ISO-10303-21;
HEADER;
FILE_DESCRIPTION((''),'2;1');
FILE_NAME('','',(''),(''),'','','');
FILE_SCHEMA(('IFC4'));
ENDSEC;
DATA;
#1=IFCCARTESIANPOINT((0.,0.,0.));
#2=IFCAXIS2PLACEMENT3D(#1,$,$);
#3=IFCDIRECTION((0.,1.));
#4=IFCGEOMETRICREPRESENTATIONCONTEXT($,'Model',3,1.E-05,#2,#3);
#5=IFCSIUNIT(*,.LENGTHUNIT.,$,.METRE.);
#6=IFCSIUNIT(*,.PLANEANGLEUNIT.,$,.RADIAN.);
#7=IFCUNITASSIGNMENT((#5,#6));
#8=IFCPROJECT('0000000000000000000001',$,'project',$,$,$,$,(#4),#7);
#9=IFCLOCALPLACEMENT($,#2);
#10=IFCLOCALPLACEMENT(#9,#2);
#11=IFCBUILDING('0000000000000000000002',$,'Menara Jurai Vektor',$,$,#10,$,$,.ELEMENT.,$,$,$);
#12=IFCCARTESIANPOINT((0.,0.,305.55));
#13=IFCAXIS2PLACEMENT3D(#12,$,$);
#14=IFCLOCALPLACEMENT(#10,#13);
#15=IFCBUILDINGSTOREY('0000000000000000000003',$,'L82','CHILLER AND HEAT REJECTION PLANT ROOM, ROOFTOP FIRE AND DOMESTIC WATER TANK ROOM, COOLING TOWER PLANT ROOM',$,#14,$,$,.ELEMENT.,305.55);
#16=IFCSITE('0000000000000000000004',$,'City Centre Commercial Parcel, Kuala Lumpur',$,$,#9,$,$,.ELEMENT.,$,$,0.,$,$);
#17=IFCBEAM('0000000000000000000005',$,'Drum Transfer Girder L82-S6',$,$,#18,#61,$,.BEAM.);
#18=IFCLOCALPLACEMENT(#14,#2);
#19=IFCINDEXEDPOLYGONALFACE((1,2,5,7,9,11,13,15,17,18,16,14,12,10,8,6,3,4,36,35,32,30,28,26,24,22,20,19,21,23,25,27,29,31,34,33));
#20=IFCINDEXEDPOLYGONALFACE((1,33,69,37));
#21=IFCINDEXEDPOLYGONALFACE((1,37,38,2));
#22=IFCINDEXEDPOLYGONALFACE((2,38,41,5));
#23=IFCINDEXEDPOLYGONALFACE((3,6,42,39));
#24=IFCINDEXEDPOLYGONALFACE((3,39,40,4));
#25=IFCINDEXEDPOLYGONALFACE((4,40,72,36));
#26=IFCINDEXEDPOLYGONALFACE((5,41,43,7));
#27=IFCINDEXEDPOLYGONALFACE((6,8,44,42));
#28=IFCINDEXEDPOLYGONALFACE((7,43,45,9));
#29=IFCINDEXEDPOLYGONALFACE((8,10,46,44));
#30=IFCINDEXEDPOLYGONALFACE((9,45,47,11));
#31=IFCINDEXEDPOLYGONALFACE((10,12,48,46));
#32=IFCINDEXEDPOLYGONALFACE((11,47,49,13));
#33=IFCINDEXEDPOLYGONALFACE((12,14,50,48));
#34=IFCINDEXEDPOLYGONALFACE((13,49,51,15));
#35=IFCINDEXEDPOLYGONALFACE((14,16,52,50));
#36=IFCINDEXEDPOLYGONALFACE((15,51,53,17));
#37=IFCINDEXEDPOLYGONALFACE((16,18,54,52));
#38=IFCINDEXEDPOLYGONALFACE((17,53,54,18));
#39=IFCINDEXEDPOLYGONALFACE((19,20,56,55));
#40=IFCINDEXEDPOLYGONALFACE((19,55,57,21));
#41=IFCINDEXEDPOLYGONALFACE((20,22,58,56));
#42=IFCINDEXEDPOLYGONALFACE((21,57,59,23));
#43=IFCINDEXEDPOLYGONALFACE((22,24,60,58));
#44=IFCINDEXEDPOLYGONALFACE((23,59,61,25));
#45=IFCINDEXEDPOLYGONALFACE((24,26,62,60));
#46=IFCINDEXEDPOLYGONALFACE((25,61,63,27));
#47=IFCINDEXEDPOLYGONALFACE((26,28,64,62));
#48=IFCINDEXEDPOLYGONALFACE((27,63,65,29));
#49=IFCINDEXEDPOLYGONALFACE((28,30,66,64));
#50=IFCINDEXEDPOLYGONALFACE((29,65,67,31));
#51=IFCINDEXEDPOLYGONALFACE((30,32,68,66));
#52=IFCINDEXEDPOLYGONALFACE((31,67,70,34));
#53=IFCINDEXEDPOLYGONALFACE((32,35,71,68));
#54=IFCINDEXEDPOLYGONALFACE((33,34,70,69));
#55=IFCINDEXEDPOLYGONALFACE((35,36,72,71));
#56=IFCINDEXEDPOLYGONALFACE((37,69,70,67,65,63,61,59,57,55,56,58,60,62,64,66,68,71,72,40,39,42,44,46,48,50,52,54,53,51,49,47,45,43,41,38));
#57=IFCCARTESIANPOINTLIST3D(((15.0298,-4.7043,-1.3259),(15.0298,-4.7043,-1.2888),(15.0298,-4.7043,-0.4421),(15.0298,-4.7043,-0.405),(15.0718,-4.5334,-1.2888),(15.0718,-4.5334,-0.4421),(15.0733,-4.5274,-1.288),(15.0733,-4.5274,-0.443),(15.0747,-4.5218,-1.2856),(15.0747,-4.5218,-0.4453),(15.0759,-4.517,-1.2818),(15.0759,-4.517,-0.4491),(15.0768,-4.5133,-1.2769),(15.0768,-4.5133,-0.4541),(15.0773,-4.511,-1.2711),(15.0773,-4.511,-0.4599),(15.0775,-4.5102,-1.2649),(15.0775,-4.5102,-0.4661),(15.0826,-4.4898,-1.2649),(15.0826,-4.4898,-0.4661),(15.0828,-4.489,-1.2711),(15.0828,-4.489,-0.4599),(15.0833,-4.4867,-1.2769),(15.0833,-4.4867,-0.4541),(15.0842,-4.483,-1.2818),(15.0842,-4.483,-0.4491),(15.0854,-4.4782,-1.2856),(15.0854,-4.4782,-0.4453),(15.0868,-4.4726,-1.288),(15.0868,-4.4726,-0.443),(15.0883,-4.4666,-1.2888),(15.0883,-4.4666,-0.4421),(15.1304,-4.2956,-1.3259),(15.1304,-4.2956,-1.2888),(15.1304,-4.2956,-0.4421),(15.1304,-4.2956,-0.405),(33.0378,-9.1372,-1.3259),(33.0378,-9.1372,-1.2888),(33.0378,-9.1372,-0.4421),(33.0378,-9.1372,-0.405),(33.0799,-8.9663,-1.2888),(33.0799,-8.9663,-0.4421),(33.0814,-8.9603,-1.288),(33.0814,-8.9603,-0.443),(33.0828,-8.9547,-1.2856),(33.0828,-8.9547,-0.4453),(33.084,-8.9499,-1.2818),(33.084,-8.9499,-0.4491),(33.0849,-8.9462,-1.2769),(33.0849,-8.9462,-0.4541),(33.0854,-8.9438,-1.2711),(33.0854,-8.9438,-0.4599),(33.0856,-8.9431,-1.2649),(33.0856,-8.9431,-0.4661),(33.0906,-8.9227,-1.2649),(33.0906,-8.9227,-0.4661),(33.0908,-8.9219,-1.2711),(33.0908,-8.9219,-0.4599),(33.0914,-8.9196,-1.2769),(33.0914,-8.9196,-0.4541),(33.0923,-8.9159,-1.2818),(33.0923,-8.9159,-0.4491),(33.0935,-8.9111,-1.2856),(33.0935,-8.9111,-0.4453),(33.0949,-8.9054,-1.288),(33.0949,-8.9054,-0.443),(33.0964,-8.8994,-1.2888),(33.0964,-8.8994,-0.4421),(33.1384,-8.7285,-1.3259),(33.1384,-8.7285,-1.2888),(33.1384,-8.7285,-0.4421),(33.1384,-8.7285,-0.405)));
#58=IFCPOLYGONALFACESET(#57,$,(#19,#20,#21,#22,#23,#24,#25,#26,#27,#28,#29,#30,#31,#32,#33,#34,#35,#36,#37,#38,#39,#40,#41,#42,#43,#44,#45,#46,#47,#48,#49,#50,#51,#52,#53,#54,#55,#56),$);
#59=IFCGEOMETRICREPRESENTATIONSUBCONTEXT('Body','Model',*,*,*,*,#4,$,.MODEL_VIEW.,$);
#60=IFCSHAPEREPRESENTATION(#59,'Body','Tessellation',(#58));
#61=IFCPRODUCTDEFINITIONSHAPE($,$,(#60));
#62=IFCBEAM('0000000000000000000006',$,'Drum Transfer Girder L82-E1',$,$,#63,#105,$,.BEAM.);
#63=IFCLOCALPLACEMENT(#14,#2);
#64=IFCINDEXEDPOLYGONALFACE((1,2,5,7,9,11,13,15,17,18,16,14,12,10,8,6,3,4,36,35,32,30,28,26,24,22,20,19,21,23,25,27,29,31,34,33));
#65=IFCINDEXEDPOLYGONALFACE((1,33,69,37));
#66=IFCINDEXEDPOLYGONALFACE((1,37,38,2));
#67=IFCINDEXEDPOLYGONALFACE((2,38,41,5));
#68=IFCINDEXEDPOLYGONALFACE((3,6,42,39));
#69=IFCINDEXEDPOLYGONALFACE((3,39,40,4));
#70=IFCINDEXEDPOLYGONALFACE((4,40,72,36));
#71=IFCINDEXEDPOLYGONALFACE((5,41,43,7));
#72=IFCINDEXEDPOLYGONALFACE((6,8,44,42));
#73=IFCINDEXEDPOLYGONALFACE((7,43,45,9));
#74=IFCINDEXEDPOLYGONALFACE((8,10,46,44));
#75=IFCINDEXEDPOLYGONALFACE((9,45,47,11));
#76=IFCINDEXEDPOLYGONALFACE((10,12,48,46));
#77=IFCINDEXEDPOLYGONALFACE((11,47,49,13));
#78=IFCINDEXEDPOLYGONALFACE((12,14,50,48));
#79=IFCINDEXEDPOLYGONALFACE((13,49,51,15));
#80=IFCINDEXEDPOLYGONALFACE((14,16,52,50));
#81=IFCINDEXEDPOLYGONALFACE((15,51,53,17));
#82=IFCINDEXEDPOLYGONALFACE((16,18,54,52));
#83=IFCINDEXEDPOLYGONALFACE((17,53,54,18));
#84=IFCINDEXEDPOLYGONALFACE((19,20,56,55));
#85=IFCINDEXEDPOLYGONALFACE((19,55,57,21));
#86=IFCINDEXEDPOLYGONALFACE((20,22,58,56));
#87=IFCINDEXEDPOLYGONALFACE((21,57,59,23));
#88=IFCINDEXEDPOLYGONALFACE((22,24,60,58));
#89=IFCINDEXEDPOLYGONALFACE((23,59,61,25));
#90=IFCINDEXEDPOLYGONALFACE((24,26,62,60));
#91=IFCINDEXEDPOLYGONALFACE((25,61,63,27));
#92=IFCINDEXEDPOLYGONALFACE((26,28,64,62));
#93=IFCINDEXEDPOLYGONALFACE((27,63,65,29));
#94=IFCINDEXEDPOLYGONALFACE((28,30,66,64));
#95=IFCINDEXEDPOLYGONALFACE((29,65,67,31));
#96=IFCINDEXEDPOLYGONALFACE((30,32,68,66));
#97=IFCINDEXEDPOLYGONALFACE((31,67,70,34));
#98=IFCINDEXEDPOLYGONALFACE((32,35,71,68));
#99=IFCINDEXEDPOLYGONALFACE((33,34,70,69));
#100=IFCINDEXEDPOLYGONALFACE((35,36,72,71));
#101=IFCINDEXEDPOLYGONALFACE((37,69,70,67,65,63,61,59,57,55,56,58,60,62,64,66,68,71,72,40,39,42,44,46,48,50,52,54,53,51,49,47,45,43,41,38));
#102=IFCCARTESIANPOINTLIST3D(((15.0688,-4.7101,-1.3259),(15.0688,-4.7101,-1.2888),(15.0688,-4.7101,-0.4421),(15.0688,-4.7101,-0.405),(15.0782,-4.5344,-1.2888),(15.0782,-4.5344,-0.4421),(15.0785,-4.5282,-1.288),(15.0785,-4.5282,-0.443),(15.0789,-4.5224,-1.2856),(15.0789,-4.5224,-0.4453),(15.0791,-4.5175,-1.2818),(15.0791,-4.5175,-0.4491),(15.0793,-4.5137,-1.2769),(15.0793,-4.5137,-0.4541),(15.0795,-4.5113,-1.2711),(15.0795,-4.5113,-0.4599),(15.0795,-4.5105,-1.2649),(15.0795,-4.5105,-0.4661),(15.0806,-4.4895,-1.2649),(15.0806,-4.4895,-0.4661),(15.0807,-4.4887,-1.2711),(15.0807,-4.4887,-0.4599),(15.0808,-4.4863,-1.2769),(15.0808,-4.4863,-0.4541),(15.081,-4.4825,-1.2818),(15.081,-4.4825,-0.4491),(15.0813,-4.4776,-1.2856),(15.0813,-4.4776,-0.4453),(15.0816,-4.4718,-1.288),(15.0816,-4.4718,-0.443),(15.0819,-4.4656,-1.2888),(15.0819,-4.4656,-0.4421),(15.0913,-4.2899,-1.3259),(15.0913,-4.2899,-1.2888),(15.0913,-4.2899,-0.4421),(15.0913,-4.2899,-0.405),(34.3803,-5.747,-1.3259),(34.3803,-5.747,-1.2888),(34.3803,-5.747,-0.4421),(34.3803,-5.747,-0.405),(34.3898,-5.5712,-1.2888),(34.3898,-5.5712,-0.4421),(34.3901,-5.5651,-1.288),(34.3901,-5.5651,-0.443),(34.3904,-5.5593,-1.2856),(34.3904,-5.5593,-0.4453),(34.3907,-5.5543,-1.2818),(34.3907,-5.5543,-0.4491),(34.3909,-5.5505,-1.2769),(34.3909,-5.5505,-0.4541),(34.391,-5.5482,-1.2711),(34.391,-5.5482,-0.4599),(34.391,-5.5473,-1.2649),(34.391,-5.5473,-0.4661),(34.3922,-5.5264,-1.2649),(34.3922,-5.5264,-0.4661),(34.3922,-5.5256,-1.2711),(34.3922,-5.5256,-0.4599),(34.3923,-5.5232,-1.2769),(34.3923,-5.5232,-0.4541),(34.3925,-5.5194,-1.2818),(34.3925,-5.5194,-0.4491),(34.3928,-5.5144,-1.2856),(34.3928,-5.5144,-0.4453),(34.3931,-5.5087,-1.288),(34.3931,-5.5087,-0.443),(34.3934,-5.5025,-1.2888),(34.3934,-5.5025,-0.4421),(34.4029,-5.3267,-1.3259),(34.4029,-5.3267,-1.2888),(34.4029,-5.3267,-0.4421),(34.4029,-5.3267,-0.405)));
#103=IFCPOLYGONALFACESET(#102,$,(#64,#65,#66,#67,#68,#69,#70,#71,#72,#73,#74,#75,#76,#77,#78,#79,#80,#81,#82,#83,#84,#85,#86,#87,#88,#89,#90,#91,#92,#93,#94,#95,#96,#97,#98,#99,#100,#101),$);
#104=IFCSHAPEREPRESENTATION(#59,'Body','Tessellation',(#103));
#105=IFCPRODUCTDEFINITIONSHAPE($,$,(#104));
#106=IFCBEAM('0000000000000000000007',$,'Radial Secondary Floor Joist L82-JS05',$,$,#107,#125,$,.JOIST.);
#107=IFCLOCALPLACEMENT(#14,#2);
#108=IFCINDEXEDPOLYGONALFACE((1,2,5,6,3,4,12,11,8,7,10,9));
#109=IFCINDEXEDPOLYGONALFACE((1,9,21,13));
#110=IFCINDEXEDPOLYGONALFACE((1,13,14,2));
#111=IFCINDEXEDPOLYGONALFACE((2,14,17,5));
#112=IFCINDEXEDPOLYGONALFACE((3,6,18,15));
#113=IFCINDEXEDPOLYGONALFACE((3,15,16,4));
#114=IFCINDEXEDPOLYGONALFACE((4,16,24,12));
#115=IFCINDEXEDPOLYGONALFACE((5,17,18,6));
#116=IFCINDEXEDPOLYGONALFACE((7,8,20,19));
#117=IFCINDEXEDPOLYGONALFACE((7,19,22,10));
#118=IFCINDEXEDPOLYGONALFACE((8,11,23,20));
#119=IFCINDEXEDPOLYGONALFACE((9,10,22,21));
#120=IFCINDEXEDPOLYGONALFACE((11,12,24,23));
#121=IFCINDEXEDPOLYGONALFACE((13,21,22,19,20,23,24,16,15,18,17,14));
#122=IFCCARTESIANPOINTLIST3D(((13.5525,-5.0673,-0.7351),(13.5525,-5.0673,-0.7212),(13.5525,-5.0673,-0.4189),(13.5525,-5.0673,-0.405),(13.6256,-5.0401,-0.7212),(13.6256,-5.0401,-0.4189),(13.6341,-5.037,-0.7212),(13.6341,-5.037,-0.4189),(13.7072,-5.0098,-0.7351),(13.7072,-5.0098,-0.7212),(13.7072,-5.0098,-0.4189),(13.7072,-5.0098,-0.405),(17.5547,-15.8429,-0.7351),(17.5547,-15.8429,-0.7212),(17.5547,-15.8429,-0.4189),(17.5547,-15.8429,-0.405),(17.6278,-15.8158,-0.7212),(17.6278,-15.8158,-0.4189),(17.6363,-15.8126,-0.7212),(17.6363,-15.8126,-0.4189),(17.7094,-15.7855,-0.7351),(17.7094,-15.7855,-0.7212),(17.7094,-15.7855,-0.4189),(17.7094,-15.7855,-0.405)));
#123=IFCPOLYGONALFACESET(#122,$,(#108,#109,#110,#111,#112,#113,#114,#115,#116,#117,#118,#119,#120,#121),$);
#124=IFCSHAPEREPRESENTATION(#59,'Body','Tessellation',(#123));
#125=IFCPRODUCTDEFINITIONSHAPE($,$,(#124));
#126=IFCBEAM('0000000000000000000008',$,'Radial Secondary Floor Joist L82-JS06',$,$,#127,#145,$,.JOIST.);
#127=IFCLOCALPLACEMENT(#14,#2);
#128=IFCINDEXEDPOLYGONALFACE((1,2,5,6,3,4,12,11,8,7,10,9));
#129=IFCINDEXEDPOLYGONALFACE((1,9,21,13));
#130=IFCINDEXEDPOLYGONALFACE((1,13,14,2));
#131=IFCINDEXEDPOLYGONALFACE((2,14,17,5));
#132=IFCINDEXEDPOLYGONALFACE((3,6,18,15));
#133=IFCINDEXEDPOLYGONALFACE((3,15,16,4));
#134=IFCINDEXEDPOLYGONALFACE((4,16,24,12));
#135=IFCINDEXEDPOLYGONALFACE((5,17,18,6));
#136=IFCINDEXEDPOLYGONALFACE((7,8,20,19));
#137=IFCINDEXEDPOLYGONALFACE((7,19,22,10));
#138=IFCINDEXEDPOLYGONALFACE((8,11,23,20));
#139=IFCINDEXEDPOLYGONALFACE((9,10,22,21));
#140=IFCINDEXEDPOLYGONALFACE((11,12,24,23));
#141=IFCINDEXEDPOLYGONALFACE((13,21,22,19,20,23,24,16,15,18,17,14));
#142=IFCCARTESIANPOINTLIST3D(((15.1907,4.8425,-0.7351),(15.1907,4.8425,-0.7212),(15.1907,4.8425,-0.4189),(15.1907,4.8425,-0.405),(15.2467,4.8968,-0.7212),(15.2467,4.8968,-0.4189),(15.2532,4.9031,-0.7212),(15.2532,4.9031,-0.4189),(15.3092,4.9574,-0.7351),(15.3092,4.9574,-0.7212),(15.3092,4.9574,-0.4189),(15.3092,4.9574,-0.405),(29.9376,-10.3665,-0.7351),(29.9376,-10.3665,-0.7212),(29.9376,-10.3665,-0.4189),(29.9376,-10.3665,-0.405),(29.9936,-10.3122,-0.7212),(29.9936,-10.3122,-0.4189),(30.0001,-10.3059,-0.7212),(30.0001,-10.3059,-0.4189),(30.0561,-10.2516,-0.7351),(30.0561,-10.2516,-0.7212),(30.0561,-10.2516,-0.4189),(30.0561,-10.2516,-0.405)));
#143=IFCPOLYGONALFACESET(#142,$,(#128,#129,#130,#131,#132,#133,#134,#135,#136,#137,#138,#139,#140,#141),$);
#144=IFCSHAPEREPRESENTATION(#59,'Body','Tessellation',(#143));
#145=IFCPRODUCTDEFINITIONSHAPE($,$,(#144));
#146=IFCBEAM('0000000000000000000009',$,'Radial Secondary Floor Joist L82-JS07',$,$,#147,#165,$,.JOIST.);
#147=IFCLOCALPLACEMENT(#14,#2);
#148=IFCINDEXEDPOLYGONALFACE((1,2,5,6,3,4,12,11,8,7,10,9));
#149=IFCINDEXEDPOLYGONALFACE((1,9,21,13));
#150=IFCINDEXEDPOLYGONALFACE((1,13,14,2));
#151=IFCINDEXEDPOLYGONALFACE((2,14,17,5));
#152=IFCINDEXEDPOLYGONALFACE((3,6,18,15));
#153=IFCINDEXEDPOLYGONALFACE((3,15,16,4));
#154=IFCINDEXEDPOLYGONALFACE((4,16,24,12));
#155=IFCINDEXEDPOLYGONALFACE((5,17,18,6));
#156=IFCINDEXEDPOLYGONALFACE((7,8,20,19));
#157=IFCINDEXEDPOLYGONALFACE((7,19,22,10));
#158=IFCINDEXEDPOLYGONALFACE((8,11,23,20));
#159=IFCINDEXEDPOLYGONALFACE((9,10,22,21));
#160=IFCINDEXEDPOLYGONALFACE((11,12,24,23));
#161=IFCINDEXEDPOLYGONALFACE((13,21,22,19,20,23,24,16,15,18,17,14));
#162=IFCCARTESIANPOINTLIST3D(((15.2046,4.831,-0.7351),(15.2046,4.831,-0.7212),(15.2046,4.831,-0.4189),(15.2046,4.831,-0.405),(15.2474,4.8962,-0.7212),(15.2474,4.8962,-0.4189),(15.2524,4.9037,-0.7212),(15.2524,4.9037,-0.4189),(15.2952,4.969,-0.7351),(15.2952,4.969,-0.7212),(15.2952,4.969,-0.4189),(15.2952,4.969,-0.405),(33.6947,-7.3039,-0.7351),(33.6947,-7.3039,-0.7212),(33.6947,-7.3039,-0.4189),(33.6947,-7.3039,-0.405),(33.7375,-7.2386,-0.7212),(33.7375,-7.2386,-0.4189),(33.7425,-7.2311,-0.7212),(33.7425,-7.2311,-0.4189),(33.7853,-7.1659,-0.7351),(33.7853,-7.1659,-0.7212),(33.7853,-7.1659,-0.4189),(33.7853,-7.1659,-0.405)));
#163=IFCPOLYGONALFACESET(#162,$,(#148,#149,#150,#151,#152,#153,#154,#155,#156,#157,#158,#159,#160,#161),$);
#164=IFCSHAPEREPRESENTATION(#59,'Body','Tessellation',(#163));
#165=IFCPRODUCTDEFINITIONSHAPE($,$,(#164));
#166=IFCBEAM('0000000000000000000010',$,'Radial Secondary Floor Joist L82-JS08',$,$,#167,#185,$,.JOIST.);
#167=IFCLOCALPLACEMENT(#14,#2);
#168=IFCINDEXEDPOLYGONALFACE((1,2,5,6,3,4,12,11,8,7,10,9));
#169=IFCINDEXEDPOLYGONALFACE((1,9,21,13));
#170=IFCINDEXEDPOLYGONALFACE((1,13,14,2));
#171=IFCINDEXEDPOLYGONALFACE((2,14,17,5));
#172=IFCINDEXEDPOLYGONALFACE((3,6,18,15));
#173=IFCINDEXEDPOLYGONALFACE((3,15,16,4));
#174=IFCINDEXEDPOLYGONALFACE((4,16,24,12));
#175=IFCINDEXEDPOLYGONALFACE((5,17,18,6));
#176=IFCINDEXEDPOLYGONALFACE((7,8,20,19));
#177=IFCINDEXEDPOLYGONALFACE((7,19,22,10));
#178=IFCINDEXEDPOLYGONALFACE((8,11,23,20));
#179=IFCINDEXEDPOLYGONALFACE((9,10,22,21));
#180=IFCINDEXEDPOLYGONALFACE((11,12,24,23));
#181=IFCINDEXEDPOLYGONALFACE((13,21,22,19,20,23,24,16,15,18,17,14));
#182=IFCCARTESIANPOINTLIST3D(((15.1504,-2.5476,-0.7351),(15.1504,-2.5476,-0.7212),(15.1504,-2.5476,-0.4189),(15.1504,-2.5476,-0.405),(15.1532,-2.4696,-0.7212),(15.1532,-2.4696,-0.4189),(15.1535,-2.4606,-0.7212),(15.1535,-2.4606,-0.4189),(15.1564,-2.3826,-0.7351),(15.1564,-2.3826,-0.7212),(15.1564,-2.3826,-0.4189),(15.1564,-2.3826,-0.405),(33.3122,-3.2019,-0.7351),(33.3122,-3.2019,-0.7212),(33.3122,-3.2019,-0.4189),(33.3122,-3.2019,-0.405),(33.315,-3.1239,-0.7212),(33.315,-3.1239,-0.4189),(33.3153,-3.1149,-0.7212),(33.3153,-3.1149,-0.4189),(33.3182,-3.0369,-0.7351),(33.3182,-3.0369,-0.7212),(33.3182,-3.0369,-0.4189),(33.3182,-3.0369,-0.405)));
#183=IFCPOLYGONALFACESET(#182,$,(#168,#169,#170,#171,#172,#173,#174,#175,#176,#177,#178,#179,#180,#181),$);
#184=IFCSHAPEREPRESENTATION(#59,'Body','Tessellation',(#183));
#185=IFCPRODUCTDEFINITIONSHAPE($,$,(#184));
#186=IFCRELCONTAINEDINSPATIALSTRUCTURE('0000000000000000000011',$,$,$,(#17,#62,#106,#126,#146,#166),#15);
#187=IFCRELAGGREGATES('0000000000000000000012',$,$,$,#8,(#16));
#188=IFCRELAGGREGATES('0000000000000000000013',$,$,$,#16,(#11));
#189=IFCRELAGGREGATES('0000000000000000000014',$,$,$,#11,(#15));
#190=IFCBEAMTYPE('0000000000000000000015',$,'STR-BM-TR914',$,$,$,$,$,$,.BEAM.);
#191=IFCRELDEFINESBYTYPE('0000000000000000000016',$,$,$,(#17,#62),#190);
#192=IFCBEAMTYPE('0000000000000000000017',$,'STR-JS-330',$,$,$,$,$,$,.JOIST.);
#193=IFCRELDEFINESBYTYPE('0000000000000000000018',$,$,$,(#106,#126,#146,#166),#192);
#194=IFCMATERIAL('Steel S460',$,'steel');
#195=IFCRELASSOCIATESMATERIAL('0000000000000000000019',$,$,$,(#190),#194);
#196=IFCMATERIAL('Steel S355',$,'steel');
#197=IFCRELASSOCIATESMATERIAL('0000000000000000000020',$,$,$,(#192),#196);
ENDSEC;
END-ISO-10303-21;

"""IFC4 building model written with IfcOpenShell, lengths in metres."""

from ifc_helpers import new_model, si_unit, direction, frame, origin, origin_2d, place, context, subcontext, project, spatial, i_section, extrude, material, material_profile, profile_set, type_object, element, save


model = new_model("IFC4")

# Units and contexts
model_context = context("Model", 3, precision=1e-05, world=origin(), true_north=direction((0.0, 1.0)))
body_context = subcontext(model_context, "Body", "Model", "MODEL_VIEW")
ifc_project = project(units=[si_unit("LENGTHUNIT", "METRE"), si_unit("PLANEANGLEUNIT", "RADIAN")], contexts=[model_context])

# Site, building, storey
site_placement = place(None, origin())
site = spatial("IfcSite", under=ifc_project, at=site_placement, Name="City Centre Commercial Parcel, Kuala Lumpur", CompositionType="ELEMENT", RefElevation=0.0)
building_placement = place(site_placement, origin())
building = spatial("IfcBuilding", under=site, at=building_placement, Name="Menara Jurai Vektor", CompositionType="ELEMENT")
storey_placement = place(building_placement, frame((0.0, 0.0, 305.55)))
storey = spatial("IfcBuildingStorey", under=building, at=storey_placement, Name="L82", Description="CHILLER AND HEAT REJECTION PLANT ROOM, ROOFTOP FIRE AND DOMESTIC WATER TANK ROOM, COOLING TOWER PLANT ROOM", CompositionType="ELEMENT", Elevation=305.55)

# Shared definitions
ifc_material_1 = material(Name="Steel S460", Category="steel")

# Beams
ifc_material_profile_1 = material_profile(ifc_material_1, i_section(OverallWidth=0.4209, OverallDepth=0.9209, WebThickness=0.021, FlangeThickness=0.0371, FilletRadius=0.0239, at=origin_2d()), Name="UKB 914x419x388")
ifc_profile_set_1 = profile_set([ifc_material_profile_1], Name="Steel S460")
beam_type_1 = type_object("IfcBeamType", Name="STR-BM-TR914", PredefinedType="BEAM", material=ifc_profile_set_1)
beam_1_placement = place(storey_placement, frame((33.0881, -8.9329, -0.8655), z_axis=(-0.971014, 0.239025, 0.0), x_axis=(-0.239025, -0.971014, 0.0)))
element("IfcBeam", 1, at=beam_1_placement, inside=storey, type_object=beam_type_1, Name="Drum Transfer Girder L82-S6", PredefinedType="BEAM", context=body_context, shape_type="SweptSolid", body=[
    extrude(i_section(OverallWidth=0.4209, OverallDepth=0.9209, WebThickness=0.021, FlangeThickness=0.0371, FilletRadius=0.0239, at=origin_2d()), origin(), (0.0, 0.0, 1.0), 18.5457),
])
beam_2_placement = place(storey_placement, frame((34.3916, -5.5369, -0.8655), z_axis=(-0.998562, 0.053614, 0.0), x_axis=(-0.053614, -0.998562, 0.0)))
element("IfcBeam", 2, at=beam_2_placement, inside=storey, type_object=beam_type_1, Name="Drum Transfer Girder L82-E1", PredefinedType="BEAM", context=body_context, shape_type="SweptSolid", body=[
    extrude(i_section(OverallWidth=0.4209, OverallDepth=0.9209, WebThickness=0.021, FlangeThickness=0.0371, FilletRadius=0.0239, at=origin_2d()), origin(), (0.0, 0.0, 1.0), 19.3394),
])
ifc_material_2 = material(Name="Steel S355", Category="steel")
ifc_material_profile_2 = material_profile(ifc_material_2, i_section(OverallWidth=0.165, OverallDepth=0.3301, WebThickness=0.009, FlangeThickness=0.0139, at=origin_2d()), Name="PG 330x165x46")
ifc_profile_set_2 = profile_set([ifc_material_profile_2], Name="Steel S355")
beam_type_2 = type_object("IfcBeamType", Name="STR-JS-330", PredefinedType="JOIST", material=ifc_profile_set_2)
beam_3_placement = place(storey_placement, frame((17.6321, -15.8142, -0.5701), z_axis=(-0.348173, 0.93743, 0.0), x_axis=(-0.93743, -0.348173, 0.0)))
element("IfcBeam", 3, at=beam_3_placement, inside=storey, type_object=beam_type_2, Name="Radial Secondary Floor Joist L82-JS05", PredefinedType="JOIST", context=body_context, shape_type="SweptSolid", body=[
    extrude(i_section(OverallWidth=0.165, OverallDepth=0.3301, WebThickness=0.009, FlangeThickness=0.0139, at=origin_2d()), origin(), (0.0, 0.0, 1.0), 11.4949),
])
beam_4_placement = place(storey_placement, frame((29.9968, -10.3091, -0.5701), z_axis=(-0.696115, 0.717931, 0.0), x_axis=(-0.717931, -0.696115, 0.0)))
element("IfcBeam", 4, at=beam_4_placement, inside=storey, type_object=beam_type_2, Name="Radial Secondary Floor Joist L82-JS06", PredefinedType="JOIST", context=body_context, shape_type="SweptSolid", body=[
    extrude(i_section(OverallWidth=0.165, OverallDepth=0.3301, WebThickness=0.009, FlangeThickness=0.0139, at=origin_2d()), origin(), (0.0, 0.0, 1.0), 21.1846),
])
beam_5_placement = place(storey_placement, frame((33.74, -7.2349, -0.5701), z_axis=(-0.836033, 0.548679, 0.0), x_axis=(-0.548679, -0.836033, 0.0)))
element("IfcBeam", 5, at=beam_5_placement, inside=storey, type_object=beam_type_2, Name="Radial Secondary Floor Joist L82-JS07", PredefinedType="JOIST", context=body_context, shape_type="SweptSolid", body=[
    extrude(i_section(OverallWidth=0.165, OverallDepth=0.3301, WebThickness=0.009, FlangeThickness=0.0139, at=origin_2d()), origin(), (0.0, 0.0, 1.0), 22.1165),
])
beam_6_placement = place(storey_placement, frame((33.3152, -3.1194, -0.5701), z_axis=(-0.999352, 0.036003, 0.0), x_axis=(-0.036003, -0.999352, 0.0)))
element("IfcBeam", 6, at=beam_6_placement, inside=storey, type_object=beam_type_2, Name="Radial Secondary Floor Joist L82-JS08", PredefinedType="JOIST", context=body_context, shape_type="SweptSolid", body=[
    extrude(i_section(OverallWidth=0.165, OverallDepth=0.3301, WebThickness=0.009, FlangeThickness=0.0139, at=origin_2d()), origin(), (0.0, 0.0, 1.0), 18.1736),
])

save(model, "model.ifc")
